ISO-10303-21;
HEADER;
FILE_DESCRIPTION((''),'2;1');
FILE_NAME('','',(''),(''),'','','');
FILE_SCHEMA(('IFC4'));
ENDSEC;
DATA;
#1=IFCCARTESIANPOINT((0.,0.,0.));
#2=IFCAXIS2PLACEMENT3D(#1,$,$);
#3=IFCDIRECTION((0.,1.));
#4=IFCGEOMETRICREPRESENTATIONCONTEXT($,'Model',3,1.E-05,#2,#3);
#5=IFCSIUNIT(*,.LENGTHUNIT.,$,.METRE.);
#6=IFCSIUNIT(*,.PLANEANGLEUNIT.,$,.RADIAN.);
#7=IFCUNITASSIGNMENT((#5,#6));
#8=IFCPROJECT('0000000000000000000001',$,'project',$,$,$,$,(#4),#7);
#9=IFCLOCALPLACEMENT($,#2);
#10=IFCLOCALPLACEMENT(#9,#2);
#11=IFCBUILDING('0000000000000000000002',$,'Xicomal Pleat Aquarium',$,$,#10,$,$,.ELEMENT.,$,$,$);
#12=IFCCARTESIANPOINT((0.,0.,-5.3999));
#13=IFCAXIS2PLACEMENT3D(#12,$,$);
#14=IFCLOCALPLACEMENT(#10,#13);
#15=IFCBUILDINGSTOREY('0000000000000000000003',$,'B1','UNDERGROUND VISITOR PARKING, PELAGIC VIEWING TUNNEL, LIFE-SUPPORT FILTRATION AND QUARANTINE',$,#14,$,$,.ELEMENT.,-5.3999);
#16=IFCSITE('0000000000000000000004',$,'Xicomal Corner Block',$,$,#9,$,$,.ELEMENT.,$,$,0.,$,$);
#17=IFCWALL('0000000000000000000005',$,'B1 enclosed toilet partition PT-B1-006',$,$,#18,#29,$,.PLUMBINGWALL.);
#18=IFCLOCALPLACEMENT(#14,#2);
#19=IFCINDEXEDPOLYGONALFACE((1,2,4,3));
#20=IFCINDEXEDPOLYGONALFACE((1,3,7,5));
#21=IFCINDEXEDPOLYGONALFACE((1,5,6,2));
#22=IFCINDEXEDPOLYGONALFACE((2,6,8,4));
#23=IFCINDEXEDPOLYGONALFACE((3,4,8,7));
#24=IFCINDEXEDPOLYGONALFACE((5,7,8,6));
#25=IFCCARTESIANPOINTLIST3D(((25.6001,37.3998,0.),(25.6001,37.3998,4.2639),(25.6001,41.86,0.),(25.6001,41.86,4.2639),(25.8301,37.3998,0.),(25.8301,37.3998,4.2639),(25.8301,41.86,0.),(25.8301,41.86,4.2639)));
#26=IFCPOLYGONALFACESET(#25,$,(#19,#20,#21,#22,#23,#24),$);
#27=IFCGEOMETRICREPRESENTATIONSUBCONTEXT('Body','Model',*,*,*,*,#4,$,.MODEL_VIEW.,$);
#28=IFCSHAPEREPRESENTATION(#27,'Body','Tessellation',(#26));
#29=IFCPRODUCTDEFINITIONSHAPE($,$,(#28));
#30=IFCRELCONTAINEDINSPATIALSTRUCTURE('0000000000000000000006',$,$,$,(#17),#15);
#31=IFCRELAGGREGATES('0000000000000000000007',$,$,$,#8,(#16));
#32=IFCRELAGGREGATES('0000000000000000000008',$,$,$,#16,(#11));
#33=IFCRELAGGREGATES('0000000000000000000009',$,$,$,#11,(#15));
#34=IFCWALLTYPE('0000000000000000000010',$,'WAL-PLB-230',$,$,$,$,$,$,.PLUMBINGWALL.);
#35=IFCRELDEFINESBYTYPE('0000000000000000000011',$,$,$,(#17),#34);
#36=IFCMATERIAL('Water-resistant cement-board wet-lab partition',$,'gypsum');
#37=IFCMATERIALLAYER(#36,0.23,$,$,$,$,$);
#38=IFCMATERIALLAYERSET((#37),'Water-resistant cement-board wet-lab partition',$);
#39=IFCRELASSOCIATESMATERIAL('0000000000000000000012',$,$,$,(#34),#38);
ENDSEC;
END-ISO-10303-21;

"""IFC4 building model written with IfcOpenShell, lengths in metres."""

from ifc_helpers import new_model, si_unit, direction, frame, frame_2d, origin, place, context, subcontext, project, spatial, rectangle, extrude, material, layer, layer_set, type_object, element, save


model = new_model("IFC4")

# Units and contexts
model_context = context("Model", 3, precision=1e-05, world=origin(), true_north=direction((0.0, 1.0)))
body_context = subcontext(model_context, "Body", "Model", "MODEL_VIEW")
ifc_project = project(units=[si_unit("LENGTHUNIT", "METRE"), si_unit("PLANEANGLEUNIT", "RADIAN")], contexts=[model_context])

# Site, building, storey
site_placement = place(None, origin())
site = spatial("IfcSite", under=ifc_project, at=site_placement, Name="Xicomal Corner Block", CompositionType="ELEMENT", RefElevation=0.0)
building_placement = place(site_placement, origin())
building = spatial("IfcBuilding", under=site, at=building_placement, Name="Xicomal Pleat Aquarium", CompositionType="ELEMENT")
storey_placement = place(building_placement, frame((0.0, 0.0, -5.3999)))
storey = spatial("IfcBuildingStorey", under=building, at=storey_placement, Name="B1", Description="UNDERGROUND VISITOR PARKING, PELAGIC VIEWING TUNNEL, LIFE-SUPPORT FILTRATION AND QUARANTINE", CompositionType="ELEMENT", Elevation=-5.3999)

# Wall
ifc_material_1 = material(Name="Water-resistant cement-board wet-lab partition", Category="gypsum")
ifc_layer = layer(ifc_material_1, 0.23)
ifc_layer_set = layer_set([ifc_layer], Name="Water-resistant cement-board wet-lab partition")
wall_type = type_object("IfcWallType", Name="WAL-PLB-230", PredefinedType="PLUMBINGWALL", material=ifc_layer_set)
wall_1_placement = place(storey_placement, frame((25.7151, 37.3999, 0.0), z_axis=(0.0, 0.0, 1.0), x_axis=(0.0, 1.0, 0.0)))
element("IfcWall", 1, at=wall_1_placement, inside=storey, type_object=wall_type, Name="B1 enclosed toilet partition PT-B1-006", PredefinedType="PLUMBINGWALL", context=body_context, shape_type="SweptSolid", body=[
    extrude(rectangle(XDim=4.4602, YDim=0.23, at=frame_2d((2.23, 0.0))), origin(), (0.0, 0.0, 1.0), 4.2639),
])

save(model, "model.ifc")
